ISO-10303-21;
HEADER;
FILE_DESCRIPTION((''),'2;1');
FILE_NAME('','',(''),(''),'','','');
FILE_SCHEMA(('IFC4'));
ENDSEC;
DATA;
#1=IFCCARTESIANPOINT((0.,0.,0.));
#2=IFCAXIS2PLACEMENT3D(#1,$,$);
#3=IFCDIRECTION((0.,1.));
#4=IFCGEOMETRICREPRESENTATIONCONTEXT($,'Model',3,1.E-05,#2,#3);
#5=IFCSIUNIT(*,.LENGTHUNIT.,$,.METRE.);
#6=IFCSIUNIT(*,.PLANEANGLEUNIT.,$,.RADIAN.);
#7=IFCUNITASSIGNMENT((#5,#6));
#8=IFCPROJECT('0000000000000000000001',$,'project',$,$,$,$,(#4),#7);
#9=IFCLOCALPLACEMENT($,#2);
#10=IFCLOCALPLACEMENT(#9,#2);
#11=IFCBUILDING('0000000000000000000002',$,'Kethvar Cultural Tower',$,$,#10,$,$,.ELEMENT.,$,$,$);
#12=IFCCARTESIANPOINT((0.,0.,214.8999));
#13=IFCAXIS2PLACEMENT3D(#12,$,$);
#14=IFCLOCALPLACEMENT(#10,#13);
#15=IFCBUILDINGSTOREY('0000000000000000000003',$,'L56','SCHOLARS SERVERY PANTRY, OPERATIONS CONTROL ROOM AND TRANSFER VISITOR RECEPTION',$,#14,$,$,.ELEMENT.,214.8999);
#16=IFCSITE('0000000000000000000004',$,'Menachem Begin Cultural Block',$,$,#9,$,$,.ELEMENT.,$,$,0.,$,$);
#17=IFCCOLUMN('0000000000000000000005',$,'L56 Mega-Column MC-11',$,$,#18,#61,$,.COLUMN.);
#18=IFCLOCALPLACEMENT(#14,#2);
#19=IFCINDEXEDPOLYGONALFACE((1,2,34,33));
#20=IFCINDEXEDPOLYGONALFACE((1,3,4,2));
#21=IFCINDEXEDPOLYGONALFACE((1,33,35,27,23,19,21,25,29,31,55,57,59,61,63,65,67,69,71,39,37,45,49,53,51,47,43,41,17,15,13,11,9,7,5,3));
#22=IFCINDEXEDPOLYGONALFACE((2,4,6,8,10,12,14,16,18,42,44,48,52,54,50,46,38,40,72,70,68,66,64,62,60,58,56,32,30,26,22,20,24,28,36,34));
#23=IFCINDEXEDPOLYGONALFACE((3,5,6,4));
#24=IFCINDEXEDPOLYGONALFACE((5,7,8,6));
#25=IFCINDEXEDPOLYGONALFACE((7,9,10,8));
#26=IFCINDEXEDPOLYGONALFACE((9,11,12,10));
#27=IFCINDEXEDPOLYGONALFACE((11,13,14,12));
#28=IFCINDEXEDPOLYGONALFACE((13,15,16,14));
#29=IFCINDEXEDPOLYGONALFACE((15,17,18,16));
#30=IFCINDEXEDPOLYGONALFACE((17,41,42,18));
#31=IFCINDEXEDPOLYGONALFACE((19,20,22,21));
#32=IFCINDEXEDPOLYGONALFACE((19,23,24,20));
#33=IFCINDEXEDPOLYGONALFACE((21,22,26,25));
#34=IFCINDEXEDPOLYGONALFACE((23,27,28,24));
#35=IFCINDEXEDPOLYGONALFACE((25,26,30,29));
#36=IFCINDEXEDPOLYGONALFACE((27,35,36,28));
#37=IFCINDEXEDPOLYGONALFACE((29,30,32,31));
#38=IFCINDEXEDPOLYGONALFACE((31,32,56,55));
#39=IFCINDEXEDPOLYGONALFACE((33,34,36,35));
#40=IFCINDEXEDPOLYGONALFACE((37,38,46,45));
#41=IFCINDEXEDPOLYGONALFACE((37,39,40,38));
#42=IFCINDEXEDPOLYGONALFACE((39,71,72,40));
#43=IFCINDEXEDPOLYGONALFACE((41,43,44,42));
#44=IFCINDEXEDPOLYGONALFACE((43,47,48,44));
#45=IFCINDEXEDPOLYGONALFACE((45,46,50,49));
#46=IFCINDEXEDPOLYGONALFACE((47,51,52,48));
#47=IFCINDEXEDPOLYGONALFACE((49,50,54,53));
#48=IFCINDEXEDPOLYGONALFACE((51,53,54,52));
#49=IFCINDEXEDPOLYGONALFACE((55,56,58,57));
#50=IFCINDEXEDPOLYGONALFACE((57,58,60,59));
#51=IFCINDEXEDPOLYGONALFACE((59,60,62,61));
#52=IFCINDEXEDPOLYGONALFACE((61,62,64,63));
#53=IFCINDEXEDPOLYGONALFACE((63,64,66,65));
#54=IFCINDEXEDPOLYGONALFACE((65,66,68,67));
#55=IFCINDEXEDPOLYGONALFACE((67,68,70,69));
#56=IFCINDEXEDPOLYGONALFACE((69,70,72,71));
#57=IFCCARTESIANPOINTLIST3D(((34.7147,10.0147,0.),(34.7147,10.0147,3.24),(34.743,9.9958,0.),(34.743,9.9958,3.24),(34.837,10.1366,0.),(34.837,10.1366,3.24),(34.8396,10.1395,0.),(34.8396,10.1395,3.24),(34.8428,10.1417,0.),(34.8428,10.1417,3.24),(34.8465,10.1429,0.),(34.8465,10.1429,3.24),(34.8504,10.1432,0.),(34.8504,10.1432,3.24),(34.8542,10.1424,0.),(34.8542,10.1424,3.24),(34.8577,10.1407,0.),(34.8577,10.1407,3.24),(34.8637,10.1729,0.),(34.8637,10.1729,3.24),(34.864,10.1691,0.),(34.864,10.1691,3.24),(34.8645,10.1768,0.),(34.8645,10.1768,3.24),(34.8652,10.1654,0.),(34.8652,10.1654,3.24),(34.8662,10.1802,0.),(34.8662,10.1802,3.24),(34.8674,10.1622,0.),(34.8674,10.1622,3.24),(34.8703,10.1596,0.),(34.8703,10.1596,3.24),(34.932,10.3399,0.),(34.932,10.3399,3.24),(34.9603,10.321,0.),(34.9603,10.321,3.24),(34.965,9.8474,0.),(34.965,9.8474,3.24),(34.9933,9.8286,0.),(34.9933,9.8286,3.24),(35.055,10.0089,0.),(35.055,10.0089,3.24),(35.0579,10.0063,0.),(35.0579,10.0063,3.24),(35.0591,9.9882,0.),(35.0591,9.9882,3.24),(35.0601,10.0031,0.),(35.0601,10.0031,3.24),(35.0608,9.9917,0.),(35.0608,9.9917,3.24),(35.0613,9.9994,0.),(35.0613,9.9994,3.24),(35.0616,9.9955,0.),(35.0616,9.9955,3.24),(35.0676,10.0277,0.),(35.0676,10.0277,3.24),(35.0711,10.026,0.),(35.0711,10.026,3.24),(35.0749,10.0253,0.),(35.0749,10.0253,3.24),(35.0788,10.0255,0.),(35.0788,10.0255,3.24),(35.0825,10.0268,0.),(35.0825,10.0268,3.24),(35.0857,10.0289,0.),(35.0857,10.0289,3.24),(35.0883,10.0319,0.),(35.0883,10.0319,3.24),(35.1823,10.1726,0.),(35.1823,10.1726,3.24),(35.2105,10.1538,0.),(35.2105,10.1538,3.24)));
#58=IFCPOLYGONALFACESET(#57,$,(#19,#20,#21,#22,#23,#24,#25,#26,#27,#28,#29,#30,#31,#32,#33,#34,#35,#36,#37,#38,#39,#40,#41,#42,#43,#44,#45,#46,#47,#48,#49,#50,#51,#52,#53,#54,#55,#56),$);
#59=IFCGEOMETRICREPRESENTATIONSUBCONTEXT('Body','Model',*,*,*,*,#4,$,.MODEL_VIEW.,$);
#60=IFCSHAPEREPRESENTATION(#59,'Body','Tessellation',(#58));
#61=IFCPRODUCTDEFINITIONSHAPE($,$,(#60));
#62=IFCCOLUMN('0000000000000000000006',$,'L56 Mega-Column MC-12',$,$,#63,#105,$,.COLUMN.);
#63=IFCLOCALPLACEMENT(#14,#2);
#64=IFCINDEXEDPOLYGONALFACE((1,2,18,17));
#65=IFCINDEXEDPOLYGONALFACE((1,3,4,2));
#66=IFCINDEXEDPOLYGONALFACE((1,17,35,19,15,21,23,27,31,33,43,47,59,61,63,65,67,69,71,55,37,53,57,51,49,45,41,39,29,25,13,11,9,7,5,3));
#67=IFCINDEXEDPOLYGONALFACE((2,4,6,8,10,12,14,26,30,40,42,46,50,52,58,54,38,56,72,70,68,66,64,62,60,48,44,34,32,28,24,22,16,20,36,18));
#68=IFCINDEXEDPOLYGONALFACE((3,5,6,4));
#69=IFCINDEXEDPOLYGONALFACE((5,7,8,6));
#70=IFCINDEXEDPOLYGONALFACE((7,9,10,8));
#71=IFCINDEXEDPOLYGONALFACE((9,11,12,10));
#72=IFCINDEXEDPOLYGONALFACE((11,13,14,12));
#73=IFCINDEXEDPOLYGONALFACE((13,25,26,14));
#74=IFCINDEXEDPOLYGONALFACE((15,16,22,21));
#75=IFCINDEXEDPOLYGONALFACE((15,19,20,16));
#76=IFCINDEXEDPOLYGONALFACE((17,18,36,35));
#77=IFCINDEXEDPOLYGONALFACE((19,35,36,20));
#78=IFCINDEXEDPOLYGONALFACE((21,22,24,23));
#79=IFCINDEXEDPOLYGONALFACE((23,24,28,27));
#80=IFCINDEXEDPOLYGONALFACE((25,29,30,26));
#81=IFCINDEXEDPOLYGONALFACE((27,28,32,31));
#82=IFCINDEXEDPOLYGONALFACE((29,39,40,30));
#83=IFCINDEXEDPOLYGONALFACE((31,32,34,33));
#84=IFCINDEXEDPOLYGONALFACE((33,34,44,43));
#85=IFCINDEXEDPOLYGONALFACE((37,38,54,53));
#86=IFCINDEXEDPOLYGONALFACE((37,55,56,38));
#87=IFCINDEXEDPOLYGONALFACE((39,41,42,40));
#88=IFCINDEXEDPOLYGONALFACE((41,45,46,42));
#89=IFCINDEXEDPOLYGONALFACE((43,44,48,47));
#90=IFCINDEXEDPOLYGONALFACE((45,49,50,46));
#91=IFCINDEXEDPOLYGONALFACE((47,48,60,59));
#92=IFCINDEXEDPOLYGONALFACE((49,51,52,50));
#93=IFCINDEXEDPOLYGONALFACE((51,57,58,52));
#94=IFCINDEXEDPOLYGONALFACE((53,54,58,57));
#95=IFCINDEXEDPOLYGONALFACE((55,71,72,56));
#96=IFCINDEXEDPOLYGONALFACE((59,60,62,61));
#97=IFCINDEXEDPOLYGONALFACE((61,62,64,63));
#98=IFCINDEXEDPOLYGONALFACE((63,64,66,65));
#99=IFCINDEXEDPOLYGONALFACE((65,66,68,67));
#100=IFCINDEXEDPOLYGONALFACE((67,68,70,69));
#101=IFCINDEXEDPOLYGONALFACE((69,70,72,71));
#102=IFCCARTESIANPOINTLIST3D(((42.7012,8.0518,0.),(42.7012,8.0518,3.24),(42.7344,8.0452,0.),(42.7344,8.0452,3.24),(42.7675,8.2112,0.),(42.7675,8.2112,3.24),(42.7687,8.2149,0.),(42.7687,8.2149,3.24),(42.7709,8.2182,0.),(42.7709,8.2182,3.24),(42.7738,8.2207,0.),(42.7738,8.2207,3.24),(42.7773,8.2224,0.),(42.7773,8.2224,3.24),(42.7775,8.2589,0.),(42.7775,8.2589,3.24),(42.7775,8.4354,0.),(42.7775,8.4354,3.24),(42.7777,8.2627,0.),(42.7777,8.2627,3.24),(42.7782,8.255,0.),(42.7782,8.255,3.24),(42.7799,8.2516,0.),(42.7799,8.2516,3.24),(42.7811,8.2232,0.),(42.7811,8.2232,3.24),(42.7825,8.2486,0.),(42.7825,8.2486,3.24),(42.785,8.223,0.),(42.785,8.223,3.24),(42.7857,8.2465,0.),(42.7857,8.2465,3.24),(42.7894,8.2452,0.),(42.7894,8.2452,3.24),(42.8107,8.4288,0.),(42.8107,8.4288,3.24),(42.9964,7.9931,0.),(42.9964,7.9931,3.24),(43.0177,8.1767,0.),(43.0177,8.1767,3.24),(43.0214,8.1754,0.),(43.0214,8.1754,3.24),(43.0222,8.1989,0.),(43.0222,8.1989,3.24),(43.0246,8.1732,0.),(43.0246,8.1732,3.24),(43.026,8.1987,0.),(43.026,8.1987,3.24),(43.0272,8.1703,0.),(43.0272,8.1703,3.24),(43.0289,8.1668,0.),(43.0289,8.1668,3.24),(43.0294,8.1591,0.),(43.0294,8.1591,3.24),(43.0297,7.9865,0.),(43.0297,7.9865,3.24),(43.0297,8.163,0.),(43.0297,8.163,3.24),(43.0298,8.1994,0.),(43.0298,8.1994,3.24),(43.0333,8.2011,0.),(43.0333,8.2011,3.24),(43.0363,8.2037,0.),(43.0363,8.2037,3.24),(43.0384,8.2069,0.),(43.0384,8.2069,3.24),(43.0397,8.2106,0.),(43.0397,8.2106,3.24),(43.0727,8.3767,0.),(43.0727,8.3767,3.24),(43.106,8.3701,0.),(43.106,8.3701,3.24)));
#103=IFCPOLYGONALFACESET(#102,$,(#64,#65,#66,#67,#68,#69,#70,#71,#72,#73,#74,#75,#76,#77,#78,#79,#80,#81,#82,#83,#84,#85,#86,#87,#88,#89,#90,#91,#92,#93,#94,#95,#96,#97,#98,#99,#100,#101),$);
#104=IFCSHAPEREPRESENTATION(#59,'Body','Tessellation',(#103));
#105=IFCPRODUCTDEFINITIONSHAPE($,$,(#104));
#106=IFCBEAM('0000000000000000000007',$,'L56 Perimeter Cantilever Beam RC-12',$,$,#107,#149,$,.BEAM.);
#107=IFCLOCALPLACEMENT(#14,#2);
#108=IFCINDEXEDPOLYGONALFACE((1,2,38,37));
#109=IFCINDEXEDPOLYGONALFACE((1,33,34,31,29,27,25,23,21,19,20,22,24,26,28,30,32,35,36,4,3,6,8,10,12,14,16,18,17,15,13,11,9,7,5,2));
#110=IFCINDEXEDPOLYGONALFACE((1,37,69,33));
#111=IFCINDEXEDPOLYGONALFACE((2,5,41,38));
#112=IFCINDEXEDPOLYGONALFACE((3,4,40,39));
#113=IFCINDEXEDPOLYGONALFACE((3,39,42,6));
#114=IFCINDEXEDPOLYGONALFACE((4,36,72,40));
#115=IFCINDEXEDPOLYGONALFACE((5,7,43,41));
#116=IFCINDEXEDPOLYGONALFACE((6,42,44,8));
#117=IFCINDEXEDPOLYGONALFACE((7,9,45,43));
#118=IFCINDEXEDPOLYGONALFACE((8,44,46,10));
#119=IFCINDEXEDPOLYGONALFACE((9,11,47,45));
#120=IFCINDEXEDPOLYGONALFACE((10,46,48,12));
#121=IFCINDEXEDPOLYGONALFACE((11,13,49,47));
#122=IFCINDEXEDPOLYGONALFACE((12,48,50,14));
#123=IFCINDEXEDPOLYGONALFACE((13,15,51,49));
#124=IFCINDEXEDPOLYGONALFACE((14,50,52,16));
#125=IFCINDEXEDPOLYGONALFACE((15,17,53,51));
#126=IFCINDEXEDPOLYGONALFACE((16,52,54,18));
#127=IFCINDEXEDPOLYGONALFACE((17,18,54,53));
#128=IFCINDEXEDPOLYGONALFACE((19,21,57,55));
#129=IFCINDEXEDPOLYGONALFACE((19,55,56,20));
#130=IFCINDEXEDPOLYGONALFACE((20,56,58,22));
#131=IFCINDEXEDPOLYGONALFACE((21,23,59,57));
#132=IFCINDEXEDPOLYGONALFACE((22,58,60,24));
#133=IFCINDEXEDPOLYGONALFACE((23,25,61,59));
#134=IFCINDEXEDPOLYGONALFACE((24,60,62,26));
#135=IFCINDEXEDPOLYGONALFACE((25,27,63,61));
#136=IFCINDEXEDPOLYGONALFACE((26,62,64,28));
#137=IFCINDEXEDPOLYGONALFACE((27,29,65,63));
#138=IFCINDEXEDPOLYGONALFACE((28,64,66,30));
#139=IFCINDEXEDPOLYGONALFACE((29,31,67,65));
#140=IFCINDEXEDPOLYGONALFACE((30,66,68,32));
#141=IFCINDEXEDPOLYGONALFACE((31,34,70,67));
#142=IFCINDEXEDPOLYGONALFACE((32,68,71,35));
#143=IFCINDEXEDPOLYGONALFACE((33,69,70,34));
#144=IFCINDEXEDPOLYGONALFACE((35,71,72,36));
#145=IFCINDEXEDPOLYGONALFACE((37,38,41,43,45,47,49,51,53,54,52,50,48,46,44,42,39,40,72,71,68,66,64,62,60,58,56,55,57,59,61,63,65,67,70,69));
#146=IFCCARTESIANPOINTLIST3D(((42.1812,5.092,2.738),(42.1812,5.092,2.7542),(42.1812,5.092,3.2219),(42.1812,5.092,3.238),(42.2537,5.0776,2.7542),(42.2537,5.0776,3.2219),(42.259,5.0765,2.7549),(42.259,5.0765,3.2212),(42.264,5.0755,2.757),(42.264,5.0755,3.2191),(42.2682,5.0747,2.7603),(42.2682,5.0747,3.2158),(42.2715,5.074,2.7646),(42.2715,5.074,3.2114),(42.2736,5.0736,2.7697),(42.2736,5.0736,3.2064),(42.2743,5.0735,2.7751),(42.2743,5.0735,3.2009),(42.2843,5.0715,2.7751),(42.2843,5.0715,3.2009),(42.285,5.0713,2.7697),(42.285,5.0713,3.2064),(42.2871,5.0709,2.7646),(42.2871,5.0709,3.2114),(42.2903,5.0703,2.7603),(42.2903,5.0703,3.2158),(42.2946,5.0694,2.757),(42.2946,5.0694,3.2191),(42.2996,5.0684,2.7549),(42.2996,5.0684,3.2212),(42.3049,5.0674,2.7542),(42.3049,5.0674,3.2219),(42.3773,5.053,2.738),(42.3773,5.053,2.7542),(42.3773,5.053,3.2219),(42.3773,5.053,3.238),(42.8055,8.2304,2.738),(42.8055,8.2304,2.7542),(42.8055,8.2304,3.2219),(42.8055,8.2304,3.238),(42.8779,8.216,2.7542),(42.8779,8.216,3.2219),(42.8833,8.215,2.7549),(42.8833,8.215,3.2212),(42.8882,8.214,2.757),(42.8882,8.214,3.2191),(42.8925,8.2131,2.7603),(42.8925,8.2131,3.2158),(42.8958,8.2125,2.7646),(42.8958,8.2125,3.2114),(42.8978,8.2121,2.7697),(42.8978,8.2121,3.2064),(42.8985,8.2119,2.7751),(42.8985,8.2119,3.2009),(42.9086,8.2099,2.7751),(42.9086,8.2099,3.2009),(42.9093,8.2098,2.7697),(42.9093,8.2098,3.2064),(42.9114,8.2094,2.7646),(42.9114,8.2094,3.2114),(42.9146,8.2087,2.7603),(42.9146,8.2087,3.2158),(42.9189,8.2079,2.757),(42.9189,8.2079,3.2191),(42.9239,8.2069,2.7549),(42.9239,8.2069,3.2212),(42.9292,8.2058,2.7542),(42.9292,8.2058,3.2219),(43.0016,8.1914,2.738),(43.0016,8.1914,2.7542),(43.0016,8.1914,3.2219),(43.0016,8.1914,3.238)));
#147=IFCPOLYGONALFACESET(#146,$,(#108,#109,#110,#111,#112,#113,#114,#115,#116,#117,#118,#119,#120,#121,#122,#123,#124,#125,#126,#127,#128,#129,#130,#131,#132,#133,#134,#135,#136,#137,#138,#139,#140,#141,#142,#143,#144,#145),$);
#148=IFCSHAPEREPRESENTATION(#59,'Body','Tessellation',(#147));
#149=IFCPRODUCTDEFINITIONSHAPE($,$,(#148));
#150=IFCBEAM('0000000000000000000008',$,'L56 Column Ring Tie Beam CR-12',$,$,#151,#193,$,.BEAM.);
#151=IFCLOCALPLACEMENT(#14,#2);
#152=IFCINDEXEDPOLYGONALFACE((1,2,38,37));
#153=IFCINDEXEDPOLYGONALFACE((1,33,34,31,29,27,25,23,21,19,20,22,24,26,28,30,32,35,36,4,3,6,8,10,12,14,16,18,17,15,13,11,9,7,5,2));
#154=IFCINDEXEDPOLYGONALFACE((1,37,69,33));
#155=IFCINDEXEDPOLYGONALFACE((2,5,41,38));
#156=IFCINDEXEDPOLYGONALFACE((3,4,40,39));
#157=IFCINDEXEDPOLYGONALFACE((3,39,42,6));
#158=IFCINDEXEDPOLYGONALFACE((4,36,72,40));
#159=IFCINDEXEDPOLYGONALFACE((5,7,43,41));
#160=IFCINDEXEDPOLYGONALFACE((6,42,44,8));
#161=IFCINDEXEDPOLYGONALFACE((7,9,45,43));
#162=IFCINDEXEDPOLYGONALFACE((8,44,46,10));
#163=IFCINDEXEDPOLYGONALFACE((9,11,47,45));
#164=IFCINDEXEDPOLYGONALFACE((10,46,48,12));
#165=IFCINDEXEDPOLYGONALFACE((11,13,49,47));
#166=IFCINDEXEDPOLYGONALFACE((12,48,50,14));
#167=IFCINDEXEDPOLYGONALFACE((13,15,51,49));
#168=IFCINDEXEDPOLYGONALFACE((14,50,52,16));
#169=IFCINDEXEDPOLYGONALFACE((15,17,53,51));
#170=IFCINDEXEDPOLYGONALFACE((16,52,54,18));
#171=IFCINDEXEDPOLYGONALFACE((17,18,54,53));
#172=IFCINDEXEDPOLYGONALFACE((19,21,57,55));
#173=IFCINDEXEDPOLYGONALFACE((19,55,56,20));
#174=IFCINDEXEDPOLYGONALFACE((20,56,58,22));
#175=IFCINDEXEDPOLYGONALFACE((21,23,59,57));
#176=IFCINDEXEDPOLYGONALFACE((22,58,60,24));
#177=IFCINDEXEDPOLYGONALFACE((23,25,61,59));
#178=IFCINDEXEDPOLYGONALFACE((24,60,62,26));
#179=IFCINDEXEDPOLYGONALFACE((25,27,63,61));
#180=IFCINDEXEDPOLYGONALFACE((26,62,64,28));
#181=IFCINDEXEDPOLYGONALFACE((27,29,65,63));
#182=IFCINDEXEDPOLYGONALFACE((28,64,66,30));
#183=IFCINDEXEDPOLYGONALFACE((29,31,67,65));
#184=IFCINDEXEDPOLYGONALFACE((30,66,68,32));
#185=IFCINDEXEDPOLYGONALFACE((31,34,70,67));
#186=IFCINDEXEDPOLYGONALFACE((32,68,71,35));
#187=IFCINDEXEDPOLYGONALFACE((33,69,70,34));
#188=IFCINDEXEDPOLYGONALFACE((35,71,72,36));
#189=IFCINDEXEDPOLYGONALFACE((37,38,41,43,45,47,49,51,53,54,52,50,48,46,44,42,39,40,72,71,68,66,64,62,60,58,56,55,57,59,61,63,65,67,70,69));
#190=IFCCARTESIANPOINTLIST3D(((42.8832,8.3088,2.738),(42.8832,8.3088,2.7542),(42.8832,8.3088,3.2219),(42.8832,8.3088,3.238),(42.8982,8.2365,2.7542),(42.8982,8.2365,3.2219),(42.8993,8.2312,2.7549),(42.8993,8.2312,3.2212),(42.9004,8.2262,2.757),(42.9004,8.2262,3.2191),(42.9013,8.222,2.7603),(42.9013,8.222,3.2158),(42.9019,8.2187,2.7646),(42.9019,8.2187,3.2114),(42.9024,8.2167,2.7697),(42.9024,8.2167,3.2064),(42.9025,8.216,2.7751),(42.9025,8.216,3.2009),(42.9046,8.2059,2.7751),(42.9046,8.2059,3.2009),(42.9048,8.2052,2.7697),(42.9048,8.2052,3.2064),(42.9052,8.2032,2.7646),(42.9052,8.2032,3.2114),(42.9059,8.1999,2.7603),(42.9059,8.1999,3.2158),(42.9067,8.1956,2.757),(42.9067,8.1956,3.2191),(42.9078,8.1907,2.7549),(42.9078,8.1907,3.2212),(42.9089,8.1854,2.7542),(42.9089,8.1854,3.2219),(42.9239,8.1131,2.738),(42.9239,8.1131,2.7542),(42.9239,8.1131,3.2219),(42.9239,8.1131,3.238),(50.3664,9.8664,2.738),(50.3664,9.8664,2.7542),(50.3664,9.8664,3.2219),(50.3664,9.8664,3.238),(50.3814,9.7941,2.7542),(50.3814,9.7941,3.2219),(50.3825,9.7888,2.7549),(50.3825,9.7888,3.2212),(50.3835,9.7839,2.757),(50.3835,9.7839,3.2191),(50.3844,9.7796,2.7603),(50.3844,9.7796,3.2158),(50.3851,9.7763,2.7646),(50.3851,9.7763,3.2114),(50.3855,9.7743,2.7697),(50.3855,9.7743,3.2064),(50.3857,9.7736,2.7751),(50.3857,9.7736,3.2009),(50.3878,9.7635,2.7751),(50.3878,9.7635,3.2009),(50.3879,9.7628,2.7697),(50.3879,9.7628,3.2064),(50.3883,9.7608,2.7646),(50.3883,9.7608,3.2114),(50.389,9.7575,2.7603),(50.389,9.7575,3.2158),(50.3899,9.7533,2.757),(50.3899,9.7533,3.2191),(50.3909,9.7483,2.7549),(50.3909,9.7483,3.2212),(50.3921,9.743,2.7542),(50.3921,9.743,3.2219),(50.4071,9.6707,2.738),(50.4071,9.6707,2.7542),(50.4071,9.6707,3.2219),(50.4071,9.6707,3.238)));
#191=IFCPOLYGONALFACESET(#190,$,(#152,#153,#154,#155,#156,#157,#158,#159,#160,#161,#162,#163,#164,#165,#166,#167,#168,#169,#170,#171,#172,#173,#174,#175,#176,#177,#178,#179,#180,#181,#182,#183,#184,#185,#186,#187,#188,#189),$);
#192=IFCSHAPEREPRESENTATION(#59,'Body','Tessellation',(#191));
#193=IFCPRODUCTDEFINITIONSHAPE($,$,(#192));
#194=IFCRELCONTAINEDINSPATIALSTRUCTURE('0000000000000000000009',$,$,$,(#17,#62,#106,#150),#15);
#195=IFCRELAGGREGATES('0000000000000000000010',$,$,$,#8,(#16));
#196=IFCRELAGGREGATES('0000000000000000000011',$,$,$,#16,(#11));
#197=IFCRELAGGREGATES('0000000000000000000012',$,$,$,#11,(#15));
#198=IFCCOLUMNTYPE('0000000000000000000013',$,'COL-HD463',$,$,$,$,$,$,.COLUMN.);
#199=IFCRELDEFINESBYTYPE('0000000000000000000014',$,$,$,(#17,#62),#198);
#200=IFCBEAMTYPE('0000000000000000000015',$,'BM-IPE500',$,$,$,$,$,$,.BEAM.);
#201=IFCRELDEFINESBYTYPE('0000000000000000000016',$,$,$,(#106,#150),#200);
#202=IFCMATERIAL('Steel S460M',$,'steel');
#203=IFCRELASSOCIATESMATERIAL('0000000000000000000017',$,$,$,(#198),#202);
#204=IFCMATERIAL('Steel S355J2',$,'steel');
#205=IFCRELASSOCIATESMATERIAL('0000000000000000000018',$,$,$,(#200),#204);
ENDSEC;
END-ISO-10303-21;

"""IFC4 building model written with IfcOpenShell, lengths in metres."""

from ifc_helpers import new_model, si_unit, direction, frame, origin, origin_2d, place, context, subcontext, project, spatial, i_section, extrude, source, transform, mapped, material, material_profile, profile_set, type_object, element, save


model = new_model("IFC4")

# Units and contexts
model_context = context("Model", 3, precision=1e-05, world=origin(), true_north=direction((0.0, 1.0)))
body_context = subcontext(model_context, "Body", "Model", "MODEL_VIEW")
ifc_project = project(units=[si_unit("LENGTHUNIT", "METRE"), si_unit("PLANEANGLEUNIT", "RADIAN")], contexts=[model_context])

# Site, building, storey
site_placement = place(None, origin())
site = spatial("IfcSite", under=ifc_project, at=site_placement, Name="Menachem Begin Cultural Block", CompositionType="ELEMENT", RefElevation=0.0)
building_placement = place(site_placement, origin())
building = spatial("IfcBuilding", under=site, at=building_placement, Name="Kethvar Cultural Tower", CompositionType="ELEMENT")
storey_placement = place(building_placement, frame((0.0, 0.0, 214.8999)))
storey = spatial("IfcBuildingStorey", under=building, at=storey_placement, Name="L56", Description="SCHOLARS SERVERY PANTRY, OPERATIONS CONTROL ROOM AND TRANSFER VISITOR RECEPTION", CompositionType="ELEMENT", Elevation=214.8999)

# Columns
ifc_material_1 = material(Name="Steel S460M", Category="steel")
ifc_material_profile_1 = material_profile(ifc_material_1, i_section(OverallWidth=0.3911, OverallDepth=0.335, WebThickness=0.0227, FlangeThickness=0.0339, FilletRadius=0.0149, at=origin_2d()), Name="Steel S460M — HD400x463")
ifc_profile_set_1 = profile_set([ifc_material_profile_1], Name="Steel S460M — HD400x463")
column_type = type_object("IfcColumnType", Name="COL-HD463", PredefinedType="COLUMN", material=ifc_profile_set_1)
shared_shape_1 = source(origin(), body_context, "Body", "SweptSolid", [
    extrude(i_section(OverallWidth=0.3911, OverallDepth=0.335, WebThickness=0.0227, FlangeThickness=0.0339, FilletRadius=0.0149, at=origin_2d()), origin(), (0.0, 0.0, 1.0), 3.24),
])
for number, where, z_axis, x_axis, name in (
    (1, (34.9626, 10.0842, 0.0), (0.0, 0.0, 1.0), (-0.55557, -0.83147, 0.0), "L56 Mega-Column MC-11"),
    (2, (42.9036, 8.2109, 0.0), (0.0, 0.0, 1.0), (-0.19509, -0.980785, 0.0), "L56 Mega-Column MC-12"),
):
    element("IfcColumn", number, at=place(storey_placement, frame(where, z_axis=z_axis, x_axis=x_axis)), inside=storey, type_object=column_type, Name=name, PredefinedType="COLUMN", context=body_context, shape_type="MappedRepresentation", body=[
        mapped(shared_shape_1, transform((0.0, 0.0, 0.0), scale=1.0)),
    ])

# Beams
ifc_material_2 = material(Name="Steel S355J2", Category="steel")
ifc_material_profile_2 = material_profile(ifc_material_2, i_section(OverallWidth=0.2, OverallDepth=0.5, WebThickness=0.0103, FlangeThickness=0.0161, FilletRadius=0.021, at=origin_2d()), Name="Steel S355J2 — IPE500")
ifc_profile_set_2 = profile_set([ifc_material_profile_2], Name="Steel S355J2 — IPE500")
beam_type_1 = type_object("IfcBeamType", Name="BM-IPE500", PredefinedType="BEAM", material=ifc_profile_set_2)
shared_shape_2 = source(origin(), body_context, "Body", "SweptSolid", [
    extrude(i_section(OverallWidth=0.2, OverallDepth=0.5, WebThickness=0.0103, FlangeThickness=0.0161, FilletRadius=0.021, at=origin_2d()), origin(), (0.0, 0.0, 1.0), 3.2),
])
beam_1_placement = place(storey_placement, frame((42.9036, 8.2109, 2.988), z_axis=(-0.195089, -0.980786, 0.0), x_axis=(0.980786, -0.195089, 0.0)))
element("IfcBeam", 3, at=beam_1_placement, inside=storey, type_object=beam_type_1, Name="L56 Perimeter Cantilever Beam RC-12", PredefinedType="BEAM", context=body_context, shape_type="MappedRepresentation", body=[
    mapped(shared_shape_2, transform((0.0, 0.0, 0.0), scale=1.0)),
])
shared_shape_3 = source(origin(), body_context, "Body", "SweptSolid", [
    extrude(i_section(OverallWidth=0.2, OverallDepth=0.5, WebThickness=0.0103, FlangeThickness=0.0161, FilletRadius=0.021, at=origin_2d()), origin(), (0.0, 0.0, 1.0), 7.6436),
])
beam_2_placement = place(storey_placement, frame((42.9036, 8.2109, 2.988), z_axis=(0.979016, 0.203782, 0.0), x_axis=(-0.203782, 0.979016, 0.0)))
element("IfcBeam", 4, at=beam_2_placement, inside=storey, type_object=beam_type_1, Name="L56 Column Ring Tie Beam CR-12", PredefinedType="BEAM", context=body_context, shape_type="MappedRepresentation", body=[
    mapped(shared_shape_3, transform((0.0, 0.0, 0.0), scale=1.0)),
])

save(model, "model.ifc")
